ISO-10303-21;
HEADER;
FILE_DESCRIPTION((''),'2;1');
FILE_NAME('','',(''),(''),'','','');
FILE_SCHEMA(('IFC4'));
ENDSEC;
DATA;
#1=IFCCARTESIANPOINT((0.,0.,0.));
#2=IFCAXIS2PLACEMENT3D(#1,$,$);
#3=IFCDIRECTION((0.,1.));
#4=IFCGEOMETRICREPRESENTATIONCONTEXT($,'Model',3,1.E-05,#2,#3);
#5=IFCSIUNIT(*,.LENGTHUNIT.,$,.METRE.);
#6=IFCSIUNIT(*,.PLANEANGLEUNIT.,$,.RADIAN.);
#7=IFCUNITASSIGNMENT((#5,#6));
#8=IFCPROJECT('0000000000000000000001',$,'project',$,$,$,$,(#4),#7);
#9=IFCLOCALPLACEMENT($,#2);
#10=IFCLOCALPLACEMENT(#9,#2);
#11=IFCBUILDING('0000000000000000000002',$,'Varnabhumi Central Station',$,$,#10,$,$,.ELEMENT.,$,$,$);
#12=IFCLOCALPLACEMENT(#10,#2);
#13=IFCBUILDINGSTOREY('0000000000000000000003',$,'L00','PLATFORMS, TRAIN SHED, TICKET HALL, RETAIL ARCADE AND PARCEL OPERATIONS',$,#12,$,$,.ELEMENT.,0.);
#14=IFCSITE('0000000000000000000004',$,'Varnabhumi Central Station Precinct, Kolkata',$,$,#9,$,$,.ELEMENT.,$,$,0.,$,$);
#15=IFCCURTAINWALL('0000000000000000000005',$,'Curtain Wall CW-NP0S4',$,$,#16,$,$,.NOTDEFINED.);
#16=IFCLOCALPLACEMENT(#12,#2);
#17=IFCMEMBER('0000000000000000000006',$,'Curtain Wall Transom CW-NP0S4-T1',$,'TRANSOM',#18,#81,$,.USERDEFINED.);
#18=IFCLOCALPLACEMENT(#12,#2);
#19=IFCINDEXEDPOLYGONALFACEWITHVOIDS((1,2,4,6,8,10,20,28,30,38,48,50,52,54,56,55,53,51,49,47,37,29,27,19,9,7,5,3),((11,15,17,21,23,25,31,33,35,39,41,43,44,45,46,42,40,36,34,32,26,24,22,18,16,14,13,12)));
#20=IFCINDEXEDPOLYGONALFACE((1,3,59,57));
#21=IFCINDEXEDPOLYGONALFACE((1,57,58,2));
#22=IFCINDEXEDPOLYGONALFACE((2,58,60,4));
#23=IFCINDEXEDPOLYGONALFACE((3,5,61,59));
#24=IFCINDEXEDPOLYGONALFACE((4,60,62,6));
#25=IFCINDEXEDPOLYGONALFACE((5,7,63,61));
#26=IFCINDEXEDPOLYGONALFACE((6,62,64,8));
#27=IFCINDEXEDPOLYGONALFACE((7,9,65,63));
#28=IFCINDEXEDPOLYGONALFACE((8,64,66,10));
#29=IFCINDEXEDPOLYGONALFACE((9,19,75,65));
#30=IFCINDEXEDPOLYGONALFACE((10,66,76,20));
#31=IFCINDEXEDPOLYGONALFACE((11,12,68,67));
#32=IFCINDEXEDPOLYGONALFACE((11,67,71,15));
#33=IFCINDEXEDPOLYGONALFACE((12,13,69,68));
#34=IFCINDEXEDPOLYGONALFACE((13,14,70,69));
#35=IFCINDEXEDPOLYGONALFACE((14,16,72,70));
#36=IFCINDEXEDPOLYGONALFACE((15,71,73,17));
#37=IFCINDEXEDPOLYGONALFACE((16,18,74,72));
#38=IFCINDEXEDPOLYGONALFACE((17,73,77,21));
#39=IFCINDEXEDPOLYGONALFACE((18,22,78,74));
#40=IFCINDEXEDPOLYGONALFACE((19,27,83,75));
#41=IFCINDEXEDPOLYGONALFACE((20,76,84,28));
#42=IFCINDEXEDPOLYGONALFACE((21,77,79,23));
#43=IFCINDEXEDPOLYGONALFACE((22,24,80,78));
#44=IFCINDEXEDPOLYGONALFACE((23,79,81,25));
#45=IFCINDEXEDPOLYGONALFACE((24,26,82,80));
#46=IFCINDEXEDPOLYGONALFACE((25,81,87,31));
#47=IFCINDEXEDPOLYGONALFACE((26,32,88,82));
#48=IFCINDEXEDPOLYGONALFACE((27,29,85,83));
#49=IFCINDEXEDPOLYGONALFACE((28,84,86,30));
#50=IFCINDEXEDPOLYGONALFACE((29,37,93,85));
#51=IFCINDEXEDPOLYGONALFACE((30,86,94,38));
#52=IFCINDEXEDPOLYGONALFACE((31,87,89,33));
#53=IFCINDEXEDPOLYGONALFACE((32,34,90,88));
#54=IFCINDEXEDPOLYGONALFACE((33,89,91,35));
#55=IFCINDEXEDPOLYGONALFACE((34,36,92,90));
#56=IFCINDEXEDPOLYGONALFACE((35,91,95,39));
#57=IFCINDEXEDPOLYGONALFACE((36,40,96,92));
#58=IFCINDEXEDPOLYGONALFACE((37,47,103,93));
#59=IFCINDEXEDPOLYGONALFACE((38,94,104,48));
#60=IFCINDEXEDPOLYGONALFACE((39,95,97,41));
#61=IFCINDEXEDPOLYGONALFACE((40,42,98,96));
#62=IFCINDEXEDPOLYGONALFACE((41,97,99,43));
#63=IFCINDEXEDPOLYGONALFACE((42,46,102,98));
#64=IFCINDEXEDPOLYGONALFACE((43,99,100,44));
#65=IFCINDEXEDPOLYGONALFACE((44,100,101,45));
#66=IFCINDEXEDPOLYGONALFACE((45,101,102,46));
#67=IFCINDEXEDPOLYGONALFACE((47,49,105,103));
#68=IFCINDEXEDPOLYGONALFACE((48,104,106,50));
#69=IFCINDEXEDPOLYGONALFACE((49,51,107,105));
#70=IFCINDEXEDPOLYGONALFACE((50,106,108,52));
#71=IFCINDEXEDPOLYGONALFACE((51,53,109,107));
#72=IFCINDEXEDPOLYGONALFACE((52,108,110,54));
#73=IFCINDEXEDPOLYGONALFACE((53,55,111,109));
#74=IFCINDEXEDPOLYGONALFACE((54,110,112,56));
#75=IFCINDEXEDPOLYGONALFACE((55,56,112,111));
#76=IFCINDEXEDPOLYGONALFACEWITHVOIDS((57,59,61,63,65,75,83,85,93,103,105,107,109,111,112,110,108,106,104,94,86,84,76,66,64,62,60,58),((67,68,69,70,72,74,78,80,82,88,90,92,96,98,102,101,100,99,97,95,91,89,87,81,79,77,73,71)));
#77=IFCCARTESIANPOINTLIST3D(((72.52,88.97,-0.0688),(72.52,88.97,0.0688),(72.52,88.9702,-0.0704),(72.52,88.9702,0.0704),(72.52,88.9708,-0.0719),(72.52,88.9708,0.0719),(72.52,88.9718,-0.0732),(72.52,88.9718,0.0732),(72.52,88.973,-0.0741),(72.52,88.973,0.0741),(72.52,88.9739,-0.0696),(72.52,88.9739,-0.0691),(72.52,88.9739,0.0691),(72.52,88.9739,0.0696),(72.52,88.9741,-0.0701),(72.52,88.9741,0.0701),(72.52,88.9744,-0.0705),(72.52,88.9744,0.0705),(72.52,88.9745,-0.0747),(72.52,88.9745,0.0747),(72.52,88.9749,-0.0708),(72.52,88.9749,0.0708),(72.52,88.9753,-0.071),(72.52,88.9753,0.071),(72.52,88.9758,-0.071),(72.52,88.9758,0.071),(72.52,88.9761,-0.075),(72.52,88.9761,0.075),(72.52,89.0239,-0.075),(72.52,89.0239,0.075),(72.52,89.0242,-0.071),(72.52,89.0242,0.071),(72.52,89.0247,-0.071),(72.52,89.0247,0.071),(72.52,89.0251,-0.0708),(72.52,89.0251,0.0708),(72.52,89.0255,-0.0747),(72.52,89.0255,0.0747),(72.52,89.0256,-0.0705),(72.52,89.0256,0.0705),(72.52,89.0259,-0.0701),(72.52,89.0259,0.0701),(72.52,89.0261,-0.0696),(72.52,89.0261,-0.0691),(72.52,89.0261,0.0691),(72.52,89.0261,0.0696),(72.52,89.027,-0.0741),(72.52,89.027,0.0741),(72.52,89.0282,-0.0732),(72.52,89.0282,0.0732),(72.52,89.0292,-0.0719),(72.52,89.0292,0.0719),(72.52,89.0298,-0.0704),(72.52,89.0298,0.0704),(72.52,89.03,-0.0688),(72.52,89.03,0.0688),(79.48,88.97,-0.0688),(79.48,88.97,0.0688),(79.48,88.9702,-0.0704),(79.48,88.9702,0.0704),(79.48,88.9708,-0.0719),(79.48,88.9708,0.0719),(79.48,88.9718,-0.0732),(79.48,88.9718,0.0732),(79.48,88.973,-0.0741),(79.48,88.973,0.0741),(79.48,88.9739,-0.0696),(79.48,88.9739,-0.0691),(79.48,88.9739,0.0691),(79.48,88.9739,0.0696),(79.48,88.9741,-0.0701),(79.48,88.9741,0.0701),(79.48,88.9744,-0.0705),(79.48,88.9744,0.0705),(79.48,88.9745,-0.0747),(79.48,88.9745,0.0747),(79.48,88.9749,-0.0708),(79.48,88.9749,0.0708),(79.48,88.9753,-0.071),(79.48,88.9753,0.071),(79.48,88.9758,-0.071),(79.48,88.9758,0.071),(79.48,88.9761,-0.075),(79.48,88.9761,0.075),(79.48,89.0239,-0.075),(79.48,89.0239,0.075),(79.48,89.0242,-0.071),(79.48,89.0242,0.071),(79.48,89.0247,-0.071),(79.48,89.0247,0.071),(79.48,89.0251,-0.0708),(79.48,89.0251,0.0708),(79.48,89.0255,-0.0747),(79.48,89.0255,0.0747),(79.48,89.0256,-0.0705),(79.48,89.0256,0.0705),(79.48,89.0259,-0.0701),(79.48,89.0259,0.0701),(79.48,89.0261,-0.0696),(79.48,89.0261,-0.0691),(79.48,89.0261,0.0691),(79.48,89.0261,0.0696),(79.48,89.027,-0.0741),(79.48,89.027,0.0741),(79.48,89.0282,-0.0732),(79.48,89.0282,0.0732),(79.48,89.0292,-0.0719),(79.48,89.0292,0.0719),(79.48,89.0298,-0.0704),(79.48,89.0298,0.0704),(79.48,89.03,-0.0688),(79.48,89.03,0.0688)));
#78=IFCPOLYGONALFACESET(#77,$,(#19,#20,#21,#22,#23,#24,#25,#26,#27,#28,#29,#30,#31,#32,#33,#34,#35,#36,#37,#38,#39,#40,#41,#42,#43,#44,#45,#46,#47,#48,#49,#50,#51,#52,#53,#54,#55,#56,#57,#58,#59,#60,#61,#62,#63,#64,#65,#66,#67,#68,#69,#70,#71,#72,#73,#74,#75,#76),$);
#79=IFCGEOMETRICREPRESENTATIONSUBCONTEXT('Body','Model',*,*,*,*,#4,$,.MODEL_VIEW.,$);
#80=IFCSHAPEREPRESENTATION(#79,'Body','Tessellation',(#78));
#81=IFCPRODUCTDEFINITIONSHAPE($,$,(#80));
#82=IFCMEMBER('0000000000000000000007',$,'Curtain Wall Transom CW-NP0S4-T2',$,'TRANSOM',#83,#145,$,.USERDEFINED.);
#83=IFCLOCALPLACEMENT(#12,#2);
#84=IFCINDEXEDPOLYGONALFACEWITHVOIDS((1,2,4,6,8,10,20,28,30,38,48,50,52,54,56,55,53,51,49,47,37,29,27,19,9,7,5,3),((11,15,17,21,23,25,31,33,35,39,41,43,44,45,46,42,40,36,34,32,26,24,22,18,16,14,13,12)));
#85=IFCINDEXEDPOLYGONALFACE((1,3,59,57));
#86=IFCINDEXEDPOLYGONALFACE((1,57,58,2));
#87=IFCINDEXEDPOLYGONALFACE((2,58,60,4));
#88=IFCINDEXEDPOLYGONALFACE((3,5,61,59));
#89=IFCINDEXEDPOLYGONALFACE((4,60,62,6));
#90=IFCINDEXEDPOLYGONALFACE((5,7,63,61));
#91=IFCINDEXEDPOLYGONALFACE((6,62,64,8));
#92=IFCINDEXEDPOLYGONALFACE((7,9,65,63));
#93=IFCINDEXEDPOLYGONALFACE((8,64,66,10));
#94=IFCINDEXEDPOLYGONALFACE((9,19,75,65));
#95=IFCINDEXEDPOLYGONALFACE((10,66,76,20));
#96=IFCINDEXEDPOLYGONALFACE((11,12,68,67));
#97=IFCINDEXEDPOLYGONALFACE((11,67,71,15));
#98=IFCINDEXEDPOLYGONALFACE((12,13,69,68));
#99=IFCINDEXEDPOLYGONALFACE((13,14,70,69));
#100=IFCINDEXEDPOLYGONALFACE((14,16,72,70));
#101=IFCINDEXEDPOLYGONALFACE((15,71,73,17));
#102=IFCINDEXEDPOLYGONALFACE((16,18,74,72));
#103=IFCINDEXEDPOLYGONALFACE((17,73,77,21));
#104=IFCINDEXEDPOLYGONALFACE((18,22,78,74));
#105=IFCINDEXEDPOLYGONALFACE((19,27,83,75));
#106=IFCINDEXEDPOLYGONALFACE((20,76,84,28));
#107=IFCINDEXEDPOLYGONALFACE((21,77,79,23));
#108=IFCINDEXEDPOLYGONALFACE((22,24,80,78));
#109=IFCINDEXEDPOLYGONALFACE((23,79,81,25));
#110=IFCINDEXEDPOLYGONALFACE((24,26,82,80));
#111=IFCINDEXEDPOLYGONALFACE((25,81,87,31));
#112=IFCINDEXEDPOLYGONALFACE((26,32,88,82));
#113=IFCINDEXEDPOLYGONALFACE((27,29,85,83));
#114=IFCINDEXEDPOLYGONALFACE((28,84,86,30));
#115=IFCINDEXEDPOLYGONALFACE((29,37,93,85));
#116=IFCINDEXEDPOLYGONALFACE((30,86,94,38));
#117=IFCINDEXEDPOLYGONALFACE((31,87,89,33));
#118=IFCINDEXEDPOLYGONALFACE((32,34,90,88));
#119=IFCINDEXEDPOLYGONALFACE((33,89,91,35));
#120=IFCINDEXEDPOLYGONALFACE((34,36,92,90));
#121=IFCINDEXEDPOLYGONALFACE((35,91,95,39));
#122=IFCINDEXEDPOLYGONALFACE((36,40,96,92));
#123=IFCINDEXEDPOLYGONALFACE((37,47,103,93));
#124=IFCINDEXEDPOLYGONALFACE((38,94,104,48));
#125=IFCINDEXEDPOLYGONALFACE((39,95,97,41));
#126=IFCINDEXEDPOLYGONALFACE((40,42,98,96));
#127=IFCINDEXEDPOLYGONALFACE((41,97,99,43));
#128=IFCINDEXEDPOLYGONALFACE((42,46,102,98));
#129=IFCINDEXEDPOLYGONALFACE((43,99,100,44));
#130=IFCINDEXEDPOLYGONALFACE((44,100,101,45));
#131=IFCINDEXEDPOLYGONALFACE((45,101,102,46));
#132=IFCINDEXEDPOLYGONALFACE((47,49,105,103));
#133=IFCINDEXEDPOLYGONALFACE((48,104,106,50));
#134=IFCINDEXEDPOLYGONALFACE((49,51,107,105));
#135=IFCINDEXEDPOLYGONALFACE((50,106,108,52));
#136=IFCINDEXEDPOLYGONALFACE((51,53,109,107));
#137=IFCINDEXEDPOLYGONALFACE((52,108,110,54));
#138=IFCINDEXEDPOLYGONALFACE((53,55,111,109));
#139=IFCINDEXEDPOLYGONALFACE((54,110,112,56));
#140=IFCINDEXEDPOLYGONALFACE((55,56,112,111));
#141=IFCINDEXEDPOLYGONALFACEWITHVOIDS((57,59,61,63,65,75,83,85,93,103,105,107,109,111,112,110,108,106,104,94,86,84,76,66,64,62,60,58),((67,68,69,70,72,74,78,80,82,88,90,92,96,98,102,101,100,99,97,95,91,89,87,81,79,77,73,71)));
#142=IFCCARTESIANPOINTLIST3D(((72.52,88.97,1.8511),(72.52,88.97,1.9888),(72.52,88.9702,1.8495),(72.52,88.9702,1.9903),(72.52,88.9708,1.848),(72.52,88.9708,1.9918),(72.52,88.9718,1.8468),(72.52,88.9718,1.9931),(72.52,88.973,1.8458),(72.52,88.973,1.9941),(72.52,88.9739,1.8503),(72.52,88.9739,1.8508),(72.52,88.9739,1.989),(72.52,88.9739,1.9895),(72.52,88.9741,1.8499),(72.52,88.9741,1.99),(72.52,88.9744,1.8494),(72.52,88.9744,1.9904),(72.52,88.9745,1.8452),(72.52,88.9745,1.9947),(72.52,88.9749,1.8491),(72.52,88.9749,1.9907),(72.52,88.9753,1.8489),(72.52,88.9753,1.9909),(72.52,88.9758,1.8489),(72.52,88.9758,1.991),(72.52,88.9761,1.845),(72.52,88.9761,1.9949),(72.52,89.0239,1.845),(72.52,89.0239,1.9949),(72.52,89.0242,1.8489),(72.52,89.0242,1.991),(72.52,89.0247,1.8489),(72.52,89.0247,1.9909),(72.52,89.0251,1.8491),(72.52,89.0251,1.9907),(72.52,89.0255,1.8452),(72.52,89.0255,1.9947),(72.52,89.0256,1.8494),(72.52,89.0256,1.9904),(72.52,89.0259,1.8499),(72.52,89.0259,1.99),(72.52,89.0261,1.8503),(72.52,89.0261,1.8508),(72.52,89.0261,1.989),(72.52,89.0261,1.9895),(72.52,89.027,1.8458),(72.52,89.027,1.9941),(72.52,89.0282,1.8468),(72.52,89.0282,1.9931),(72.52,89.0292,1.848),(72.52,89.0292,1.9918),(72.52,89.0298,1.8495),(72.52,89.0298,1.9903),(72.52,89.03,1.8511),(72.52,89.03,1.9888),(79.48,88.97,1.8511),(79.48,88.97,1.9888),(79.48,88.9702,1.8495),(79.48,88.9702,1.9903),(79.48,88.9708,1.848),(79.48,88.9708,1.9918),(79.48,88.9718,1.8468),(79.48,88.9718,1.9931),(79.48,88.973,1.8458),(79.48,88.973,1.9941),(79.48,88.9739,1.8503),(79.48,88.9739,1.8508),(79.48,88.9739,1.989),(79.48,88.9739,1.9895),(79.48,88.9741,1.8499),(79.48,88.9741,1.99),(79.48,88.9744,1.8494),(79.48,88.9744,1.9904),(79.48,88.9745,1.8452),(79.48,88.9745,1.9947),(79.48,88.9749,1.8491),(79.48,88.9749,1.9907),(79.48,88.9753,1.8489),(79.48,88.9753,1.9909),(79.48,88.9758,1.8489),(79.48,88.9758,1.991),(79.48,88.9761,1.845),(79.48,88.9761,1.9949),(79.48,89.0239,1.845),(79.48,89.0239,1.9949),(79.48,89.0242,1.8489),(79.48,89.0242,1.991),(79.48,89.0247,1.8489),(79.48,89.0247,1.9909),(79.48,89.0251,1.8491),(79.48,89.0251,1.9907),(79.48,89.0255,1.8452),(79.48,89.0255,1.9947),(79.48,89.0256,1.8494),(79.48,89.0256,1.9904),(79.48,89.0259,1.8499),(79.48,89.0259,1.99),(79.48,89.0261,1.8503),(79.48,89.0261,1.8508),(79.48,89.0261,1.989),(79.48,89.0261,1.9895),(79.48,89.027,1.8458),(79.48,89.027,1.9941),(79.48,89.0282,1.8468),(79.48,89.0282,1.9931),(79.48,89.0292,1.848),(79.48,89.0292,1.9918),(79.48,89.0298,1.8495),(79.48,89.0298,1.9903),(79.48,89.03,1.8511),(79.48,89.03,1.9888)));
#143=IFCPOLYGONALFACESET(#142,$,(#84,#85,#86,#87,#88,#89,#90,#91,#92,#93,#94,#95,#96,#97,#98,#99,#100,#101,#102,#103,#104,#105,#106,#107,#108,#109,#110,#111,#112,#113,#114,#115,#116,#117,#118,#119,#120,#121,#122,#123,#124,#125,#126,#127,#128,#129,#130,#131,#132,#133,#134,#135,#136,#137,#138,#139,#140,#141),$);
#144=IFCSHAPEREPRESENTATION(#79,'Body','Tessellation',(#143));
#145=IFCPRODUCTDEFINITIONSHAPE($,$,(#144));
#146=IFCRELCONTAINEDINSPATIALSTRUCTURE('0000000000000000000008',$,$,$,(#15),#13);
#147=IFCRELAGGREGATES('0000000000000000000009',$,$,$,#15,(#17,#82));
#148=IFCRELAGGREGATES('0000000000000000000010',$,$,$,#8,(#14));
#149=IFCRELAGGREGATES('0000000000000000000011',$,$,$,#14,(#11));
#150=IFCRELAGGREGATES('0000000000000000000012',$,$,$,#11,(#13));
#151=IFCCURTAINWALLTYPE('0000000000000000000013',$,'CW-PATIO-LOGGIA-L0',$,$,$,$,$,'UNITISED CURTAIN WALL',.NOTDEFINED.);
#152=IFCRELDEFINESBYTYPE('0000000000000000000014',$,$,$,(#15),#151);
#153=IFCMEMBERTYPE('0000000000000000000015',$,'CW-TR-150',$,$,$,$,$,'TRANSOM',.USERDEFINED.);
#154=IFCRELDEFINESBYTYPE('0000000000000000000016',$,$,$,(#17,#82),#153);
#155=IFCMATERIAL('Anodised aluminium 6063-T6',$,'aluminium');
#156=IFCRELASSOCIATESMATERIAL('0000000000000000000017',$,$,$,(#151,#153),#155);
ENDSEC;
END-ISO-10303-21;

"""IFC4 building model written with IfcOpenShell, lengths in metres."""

from ifc_helpers import new_model, si_unit, direction, frame, origin, origin_2d, place, context, subcontext, project, spatial, hollow_rectangle, extrude, material, material_profile, profile_set, type_object, element, aggregate, save


model = new_model("IFC4")

# Units and contexts
model_context = context("Model", 3, precision=1e-05, world=origin(), true_north=direction((0.0, 1.0)))
body_context = subcontext(model_context, "Body", "Model", "MODEL_VIEW")
ifc_project = project(units=[si_unit("LENGTHUNIT", "METRE"), si_unit("PLANEANGLEUNIT", "RADIAN")], contexts=[model_context])

# Site, building, storey
site_placement = place(None, origin())
site = spatial("IfcSite", under=ifc_project, at=site_placement, Name="Varnabhumi Central Station Precinct, Kolkata", CompositionType="ELEMENT", RefElevation=0.0)
building_placement = place(site_placement, origin())
building = spatial("IfcBuilding", under=site, at=building_placement, Name="Varnabhumi Central Station", CompositionType="ELEMENT")
storey_placement = place(building_placement, origin())
storey = spatial("IfcBuildingStorey", under=building, at=storey_placement, Name="L00", Description="PLATFORMS, TRAIN SHED, TICKET HALL, RETAIL ARCADE AND PARCEL OPERATIONS", CompositionType="ELEMENT", Elevation=0.0)

# Curtain wall, members
ifc_material_1 = material(Name="Anodised aluminium 6063-T6", Category="aluminium")
curtain_wall_type = type_object("IfcCurtainWallType", Name="CW-PATIO-LOGGIA-L0", ElementType="UNITISED CURTAIN WALL", PredefinedType="NOTDEFINED", material=ifc_material_1)
curtain_wall_1_placement = place(storey_placement, origin())
curtain_wall_1 = element("IfcCurtainWall", 1, at=curtain_wall_1_placement, inside=storey, type_object=curtain_wall_type, Name="Curtain Wall CW-NP0S4", PredefinedType="NOTDEFINED")
ifc_material_profile_1 = material_profile(ifc_material_1, hollow_rectangle(XDim=0.0601, YDim=0.1499, WallThickness=0.0039, InnerFilletRadius=0.002, OuterFilletRadius=0.0061, at=origin_2d()), Name="Anodised aluminium 6063-T6", Category="aluminium")
ifc_profile_set_1 = profile_set([ifc_material_profile_1], Name="Anodised aluminium 6063-T6")
member_type_1 = type_object("IfcMemberType", Name="CW-TR-150", ElementType="TRANSOM", PredefinedType="USERDEFINED", material=ifc_profile_set_1)
member_1_placement = place(storey_placement, frame((72.52, 89.0, 0.0), z_axis=(1.0, 0.0, 0.0), x_axis=(0.0, 1.0, 0.0)))
member_1 = element("IfcMember", 2, at=member_1_placement, type_object=member_type_1, Name="Curtain Wall Transom CW-NP0S4-T1", ObjectType="TRANSOM", PredefinedType="USERDEFINED", context=body_context, shape_type="SweptSolid", body=[
    extrude(hollow_rectangle(XDim=0.0601, YDim=0.1499, WallThickness=0.0039, InnerFilletRadius=0.002, OuterFilletRadius=0.0061, at=origin_2d()), origin(), (0.0, 0.0, 1.0), 6.96),
])
member_2_placement = place(storey_placement, frame((72.52, 89.0, 1.9199), z_axis=(1.0, 0.0, 0.0), x_axis=(0.0, 1.0, 0.0)))
member_2 = element("IfcMember", 3, at=member_2_placement, type_object=member_type_1, Name="Curtain Wall Transom CW-NP0S4-T2", ObjectType="TRANSOM", PredefinedType="USERDEFINED", context=body_context, shape_type="SweptSolid", body=[
    extrude(hollow_rectangle(XDim=0.0601, YDim=0.1499, WallThickness=0.0039, InnerFilletRadius=0.002, OuterFilletRadius=0.0061, at=origin_2d()), origin(), (0.0, 0.0, 1.0), 6.96),
])

aggregate(curtain_wall_1, [member_1, member_2])

save(model, "model.ifc")
